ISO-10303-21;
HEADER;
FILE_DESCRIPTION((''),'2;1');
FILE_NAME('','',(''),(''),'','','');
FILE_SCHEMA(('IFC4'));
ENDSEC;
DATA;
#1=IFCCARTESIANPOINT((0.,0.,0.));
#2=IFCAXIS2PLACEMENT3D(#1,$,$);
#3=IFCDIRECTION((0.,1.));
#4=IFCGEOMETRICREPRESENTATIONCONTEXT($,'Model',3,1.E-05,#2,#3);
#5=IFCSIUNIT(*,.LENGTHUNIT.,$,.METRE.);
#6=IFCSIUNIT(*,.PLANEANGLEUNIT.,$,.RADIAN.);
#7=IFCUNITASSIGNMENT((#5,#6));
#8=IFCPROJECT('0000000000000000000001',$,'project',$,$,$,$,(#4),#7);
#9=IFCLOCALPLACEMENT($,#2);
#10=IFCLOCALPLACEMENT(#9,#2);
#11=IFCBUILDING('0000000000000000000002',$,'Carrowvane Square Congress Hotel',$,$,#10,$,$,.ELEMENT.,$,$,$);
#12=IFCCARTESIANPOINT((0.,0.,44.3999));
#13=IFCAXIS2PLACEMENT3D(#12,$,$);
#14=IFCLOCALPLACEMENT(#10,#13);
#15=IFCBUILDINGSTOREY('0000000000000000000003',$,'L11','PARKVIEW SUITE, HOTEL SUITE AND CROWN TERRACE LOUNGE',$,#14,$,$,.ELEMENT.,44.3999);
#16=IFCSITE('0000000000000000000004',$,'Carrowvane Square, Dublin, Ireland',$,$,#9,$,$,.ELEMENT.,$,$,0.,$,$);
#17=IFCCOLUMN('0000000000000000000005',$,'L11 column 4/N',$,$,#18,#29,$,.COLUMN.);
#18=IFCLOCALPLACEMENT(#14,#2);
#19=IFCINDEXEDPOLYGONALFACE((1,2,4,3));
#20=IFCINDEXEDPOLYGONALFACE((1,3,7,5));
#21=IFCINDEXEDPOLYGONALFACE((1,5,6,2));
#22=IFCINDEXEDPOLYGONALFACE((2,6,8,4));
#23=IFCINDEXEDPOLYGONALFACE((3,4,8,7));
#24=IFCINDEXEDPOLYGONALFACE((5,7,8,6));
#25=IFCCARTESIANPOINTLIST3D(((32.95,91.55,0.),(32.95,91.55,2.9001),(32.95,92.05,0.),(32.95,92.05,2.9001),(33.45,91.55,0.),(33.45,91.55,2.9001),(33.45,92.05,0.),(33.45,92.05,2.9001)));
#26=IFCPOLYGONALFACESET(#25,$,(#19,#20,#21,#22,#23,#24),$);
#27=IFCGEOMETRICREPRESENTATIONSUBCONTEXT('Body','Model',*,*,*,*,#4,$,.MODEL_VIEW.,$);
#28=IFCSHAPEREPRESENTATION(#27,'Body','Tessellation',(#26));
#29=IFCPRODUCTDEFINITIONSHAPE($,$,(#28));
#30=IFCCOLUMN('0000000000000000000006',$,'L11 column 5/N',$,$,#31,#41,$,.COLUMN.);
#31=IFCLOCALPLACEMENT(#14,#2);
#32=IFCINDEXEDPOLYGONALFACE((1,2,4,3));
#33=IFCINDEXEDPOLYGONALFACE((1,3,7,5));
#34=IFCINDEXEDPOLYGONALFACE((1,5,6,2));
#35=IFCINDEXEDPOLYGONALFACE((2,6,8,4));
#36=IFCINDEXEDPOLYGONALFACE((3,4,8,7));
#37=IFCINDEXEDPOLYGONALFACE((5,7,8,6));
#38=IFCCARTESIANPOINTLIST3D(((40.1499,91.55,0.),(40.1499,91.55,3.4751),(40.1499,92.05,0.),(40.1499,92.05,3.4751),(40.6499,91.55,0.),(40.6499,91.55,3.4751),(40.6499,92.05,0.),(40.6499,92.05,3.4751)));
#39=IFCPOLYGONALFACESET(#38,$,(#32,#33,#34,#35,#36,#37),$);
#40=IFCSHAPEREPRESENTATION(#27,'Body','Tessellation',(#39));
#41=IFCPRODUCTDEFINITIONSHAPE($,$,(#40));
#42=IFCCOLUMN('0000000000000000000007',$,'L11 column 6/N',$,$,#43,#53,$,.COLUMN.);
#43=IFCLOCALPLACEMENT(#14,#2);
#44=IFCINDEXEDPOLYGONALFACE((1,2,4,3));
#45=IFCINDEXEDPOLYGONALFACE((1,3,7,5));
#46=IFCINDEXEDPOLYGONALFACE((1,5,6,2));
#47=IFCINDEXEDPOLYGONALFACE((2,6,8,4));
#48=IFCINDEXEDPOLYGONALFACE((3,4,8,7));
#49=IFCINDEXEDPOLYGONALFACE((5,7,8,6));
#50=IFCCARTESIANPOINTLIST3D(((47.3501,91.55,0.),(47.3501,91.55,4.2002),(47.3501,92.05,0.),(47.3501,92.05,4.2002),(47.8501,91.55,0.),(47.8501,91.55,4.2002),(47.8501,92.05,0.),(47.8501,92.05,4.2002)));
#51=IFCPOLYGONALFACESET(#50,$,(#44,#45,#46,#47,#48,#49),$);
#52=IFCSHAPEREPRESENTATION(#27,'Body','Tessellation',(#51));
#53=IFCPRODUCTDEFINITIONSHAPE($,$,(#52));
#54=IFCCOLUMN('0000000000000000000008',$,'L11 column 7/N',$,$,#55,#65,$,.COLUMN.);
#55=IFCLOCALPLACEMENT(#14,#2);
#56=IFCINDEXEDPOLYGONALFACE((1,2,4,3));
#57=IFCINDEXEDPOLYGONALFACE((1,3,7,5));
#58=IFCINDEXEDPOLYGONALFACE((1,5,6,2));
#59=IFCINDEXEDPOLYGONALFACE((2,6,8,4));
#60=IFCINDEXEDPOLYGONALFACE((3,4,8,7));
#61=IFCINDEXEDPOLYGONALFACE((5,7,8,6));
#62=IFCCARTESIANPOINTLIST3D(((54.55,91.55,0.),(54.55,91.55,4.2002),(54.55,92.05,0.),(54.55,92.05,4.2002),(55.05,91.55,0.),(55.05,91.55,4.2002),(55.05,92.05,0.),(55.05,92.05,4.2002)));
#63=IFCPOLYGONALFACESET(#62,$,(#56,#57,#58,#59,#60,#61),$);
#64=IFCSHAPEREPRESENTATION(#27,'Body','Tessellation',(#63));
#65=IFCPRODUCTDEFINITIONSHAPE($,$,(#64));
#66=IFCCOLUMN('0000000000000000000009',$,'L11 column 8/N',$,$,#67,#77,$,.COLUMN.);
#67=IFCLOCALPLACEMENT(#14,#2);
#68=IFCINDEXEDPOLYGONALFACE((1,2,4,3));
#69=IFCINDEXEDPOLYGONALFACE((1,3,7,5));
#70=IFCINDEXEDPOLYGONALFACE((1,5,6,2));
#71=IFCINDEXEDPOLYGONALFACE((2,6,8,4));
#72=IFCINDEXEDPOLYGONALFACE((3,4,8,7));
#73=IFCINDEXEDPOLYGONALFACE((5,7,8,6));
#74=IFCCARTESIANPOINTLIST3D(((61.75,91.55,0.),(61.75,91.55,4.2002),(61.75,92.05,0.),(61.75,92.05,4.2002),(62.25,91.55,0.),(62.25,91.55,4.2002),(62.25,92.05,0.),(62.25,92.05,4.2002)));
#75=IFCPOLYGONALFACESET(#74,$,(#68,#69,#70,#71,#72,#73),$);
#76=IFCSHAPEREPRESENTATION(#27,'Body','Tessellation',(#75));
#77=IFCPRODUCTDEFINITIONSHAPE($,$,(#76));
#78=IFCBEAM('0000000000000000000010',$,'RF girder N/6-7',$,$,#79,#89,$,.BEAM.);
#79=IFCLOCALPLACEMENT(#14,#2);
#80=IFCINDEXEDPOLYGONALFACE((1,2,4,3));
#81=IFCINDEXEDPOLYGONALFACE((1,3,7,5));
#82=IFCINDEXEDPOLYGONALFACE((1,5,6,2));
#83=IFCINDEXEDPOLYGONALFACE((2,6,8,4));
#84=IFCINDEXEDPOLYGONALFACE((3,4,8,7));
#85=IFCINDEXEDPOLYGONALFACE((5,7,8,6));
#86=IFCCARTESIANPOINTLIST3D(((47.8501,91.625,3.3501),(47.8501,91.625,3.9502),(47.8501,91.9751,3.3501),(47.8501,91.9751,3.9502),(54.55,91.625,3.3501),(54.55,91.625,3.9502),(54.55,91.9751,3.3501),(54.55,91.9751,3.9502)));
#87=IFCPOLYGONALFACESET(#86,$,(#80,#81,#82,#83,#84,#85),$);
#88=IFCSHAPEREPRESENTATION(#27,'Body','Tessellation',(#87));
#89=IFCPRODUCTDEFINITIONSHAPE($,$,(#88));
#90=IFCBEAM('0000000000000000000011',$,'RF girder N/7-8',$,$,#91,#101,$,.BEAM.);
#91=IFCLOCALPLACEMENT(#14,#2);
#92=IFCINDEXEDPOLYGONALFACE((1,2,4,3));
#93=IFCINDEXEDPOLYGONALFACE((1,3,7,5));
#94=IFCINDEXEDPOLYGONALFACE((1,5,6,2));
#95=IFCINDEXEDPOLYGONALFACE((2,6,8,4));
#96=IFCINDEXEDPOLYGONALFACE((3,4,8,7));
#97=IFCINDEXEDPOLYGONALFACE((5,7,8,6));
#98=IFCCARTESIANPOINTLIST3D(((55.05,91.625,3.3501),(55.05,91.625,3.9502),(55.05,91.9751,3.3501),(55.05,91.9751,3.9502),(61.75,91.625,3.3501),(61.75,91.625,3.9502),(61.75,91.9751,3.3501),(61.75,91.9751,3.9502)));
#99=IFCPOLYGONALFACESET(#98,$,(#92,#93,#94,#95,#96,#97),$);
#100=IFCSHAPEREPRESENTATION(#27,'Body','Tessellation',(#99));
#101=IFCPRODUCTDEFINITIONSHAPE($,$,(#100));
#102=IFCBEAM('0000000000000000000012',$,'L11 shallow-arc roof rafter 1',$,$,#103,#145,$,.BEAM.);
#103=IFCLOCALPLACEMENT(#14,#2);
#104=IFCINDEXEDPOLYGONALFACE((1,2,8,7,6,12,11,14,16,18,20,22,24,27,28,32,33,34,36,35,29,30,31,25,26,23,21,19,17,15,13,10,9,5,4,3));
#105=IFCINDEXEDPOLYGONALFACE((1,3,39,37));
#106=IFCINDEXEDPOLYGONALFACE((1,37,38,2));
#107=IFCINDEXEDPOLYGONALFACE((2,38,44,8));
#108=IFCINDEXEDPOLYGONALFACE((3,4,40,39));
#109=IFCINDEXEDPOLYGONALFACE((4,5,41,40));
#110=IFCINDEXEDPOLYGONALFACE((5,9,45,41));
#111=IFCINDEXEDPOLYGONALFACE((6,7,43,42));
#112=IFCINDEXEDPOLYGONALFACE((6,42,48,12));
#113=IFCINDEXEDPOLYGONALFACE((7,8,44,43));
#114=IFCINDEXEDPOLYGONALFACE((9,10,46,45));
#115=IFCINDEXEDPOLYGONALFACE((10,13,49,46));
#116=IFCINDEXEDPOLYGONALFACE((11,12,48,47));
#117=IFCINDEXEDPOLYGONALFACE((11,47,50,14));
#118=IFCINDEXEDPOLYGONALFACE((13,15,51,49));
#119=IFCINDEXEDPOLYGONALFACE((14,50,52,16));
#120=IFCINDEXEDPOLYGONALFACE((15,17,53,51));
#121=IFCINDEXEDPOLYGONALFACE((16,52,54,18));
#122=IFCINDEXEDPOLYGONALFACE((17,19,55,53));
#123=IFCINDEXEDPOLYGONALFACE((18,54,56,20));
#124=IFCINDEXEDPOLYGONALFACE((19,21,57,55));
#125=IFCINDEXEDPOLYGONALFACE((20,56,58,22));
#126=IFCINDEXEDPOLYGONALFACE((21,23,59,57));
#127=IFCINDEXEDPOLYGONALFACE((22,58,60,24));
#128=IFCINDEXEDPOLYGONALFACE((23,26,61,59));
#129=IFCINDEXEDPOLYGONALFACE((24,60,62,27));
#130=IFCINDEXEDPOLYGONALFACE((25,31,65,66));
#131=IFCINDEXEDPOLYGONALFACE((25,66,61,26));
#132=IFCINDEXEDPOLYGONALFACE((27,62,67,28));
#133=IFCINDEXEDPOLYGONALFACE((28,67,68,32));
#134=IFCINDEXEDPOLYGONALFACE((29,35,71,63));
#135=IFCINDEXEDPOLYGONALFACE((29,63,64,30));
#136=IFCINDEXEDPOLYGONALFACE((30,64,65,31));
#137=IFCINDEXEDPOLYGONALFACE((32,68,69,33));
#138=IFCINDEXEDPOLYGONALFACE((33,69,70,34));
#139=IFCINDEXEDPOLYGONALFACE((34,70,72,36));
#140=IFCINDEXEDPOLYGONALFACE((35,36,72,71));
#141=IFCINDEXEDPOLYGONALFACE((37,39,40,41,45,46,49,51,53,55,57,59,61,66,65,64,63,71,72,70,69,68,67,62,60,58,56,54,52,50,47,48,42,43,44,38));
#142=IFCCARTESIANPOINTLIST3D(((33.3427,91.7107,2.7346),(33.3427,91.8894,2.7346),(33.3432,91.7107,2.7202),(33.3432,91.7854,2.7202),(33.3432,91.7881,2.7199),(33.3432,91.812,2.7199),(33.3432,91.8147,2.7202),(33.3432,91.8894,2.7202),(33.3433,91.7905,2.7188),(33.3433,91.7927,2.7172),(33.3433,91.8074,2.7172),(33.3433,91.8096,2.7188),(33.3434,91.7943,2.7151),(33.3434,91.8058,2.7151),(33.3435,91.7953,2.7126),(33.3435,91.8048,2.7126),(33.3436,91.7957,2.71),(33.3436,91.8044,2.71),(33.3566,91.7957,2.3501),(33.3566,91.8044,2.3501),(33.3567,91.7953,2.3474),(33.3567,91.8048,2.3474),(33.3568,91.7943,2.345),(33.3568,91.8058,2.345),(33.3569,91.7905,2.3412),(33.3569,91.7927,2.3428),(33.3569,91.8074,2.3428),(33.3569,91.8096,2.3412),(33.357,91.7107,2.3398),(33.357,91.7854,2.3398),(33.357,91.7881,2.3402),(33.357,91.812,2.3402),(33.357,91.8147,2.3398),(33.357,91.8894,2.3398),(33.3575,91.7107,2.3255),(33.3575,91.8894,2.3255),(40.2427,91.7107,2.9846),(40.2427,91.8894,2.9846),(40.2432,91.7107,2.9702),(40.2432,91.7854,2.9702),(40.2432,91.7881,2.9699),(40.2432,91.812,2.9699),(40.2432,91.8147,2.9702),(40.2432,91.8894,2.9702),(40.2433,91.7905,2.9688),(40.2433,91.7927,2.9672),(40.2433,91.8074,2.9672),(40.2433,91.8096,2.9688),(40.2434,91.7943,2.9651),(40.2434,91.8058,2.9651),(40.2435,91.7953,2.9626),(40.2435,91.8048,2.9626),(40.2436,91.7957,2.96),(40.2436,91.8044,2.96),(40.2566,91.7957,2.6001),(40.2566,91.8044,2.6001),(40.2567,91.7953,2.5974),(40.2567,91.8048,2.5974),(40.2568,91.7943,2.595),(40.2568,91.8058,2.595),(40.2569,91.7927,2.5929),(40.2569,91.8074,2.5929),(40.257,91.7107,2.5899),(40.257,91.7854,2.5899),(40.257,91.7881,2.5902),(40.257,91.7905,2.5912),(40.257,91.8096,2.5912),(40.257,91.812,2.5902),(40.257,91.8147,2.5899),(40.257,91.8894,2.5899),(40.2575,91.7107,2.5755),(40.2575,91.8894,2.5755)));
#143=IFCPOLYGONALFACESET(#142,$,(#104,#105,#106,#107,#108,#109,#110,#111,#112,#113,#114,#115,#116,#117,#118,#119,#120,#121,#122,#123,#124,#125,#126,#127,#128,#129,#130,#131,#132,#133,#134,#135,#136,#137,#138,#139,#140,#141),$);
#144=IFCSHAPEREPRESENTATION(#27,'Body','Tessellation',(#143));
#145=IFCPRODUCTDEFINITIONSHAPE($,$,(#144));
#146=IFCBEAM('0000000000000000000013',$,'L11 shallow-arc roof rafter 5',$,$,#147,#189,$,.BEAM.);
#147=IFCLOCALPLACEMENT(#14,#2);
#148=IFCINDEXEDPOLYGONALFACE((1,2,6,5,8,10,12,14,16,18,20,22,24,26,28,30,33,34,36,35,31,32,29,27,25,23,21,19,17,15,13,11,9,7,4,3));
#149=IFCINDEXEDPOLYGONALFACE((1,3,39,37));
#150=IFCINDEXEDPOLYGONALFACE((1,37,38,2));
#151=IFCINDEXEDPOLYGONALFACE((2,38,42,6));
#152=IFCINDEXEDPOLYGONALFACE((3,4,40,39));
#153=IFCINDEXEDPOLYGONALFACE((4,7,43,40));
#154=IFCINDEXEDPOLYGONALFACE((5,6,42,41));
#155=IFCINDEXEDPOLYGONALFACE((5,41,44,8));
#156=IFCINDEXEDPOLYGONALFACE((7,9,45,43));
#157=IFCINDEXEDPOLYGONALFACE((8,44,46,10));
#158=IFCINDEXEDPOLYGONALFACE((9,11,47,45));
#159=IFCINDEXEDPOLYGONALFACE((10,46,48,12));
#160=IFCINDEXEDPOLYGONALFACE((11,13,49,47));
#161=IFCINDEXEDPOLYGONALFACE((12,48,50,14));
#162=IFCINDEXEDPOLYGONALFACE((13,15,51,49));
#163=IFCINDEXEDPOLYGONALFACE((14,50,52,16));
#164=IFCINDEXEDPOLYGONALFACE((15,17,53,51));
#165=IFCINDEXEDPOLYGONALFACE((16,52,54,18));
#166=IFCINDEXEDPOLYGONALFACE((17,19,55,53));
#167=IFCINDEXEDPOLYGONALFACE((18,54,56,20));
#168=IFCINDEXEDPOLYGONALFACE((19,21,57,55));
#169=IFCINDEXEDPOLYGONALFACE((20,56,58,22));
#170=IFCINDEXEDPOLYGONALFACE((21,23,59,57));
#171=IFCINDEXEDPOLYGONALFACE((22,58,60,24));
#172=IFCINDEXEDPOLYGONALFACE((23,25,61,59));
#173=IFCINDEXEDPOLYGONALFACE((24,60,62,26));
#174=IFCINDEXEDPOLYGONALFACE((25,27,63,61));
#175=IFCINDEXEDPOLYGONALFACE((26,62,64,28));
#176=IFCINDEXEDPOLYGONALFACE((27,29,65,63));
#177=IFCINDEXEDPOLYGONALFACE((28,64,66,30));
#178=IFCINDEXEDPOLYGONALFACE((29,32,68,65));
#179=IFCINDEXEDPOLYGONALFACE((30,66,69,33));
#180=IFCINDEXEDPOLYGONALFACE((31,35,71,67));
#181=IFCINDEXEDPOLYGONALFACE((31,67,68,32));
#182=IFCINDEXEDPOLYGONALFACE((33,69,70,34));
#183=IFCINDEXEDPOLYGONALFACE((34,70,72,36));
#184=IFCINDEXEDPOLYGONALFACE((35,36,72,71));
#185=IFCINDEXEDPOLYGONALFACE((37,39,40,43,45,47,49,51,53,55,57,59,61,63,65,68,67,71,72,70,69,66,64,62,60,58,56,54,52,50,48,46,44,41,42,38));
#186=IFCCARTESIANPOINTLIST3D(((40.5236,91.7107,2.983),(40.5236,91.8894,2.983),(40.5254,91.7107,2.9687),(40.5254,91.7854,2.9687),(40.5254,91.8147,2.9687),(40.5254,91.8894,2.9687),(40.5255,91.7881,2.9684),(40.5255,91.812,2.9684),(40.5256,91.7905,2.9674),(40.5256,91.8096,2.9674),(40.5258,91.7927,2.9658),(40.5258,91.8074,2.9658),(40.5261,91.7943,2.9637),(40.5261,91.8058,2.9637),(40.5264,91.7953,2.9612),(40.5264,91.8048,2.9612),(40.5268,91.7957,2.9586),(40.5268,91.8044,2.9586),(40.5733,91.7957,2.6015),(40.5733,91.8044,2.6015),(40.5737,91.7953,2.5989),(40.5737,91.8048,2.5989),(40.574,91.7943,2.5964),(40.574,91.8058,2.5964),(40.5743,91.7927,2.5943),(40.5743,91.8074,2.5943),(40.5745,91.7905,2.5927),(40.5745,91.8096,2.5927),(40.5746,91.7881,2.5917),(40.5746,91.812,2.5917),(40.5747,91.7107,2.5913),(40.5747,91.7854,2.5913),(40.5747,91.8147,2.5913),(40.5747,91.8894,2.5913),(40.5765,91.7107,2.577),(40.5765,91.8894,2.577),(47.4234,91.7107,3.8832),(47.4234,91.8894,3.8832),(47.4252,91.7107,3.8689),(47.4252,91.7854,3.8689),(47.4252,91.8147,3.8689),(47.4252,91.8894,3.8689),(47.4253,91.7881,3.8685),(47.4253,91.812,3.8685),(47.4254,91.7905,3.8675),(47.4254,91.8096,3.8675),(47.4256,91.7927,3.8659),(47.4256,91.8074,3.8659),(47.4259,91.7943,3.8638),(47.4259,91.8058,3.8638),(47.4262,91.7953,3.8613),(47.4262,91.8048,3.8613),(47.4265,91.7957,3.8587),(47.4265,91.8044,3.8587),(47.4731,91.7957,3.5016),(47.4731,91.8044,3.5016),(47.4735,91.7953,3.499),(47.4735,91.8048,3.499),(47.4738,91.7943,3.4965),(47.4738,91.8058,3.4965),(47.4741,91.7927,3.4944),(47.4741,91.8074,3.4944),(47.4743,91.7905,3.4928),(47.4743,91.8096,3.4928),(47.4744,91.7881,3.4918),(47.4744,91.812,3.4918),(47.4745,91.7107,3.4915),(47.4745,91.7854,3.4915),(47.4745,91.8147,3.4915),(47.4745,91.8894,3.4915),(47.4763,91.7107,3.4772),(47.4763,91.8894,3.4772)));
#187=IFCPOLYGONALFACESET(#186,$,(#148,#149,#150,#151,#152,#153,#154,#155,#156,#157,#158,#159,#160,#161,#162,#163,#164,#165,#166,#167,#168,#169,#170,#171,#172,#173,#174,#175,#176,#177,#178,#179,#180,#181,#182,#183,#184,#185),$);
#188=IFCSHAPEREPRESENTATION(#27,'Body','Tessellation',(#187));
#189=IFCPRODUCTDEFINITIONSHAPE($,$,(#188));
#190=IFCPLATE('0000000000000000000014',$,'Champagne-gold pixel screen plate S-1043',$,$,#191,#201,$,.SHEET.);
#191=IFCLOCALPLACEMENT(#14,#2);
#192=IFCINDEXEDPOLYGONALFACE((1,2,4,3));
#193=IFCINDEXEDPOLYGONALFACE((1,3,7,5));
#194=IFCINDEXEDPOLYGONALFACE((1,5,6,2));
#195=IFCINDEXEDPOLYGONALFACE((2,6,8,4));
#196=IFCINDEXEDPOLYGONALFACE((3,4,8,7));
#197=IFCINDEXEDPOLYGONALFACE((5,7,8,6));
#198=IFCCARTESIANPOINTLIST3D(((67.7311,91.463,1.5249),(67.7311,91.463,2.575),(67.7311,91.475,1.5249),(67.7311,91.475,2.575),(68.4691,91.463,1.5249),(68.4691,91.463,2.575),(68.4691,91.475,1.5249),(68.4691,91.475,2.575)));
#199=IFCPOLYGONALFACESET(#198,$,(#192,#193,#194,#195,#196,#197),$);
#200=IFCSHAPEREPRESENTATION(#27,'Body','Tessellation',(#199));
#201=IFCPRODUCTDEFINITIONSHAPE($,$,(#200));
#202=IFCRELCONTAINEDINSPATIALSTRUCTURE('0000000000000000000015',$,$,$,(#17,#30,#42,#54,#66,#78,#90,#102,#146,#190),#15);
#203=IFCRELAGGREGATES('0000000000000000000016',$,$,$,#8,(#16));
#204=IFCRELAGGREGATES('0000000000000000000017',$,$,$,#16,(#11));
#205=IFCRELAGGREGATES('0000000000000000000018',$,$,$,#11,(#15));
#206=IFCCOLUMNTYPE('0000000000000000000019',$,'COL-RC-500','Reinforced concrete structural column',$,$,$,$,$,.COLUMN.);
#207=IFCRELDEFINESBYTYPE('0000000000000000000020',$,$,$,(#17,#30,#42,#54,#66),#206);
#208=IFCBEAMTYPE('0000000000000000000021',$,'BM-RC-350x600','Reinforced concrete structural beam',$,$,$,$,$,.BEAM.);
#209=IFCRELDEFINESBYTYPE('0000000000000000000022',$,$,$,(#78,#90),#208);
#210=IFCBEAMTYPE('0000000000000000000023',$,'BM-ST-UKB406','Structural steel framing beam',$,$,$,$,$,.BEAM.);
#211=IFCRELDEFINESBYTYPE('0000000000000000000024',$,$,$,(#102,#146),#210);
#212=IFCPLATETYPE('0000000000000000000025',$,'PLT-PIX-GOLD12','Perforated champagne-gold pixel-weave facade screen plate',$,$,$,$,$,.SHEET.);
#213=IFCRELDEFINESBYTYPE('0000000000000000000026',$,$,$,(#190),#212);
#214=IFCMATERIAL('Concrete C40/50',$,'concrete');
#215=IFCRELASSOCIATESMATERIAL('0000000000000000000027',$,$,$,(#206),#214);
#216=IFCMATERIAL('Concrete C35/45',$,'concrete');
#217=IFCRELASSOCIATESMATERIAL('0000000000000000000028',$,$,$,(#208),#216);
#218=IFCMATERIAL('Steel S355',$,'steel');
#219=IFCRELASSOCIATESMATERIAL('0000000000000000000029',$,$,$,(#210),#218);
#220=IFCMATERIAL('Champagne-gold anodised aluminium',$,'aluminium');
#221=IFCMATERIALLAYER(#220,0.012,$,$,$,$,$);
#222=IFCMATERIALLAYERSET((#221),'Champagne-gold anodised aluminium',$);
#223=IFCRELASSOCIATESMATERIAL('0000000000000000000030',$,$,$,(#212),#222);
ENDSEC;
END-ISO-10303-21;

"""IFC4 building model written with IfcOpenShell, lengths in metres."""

from ifc_helpers import new_model, si_unit, direction, frame, origin, origin_2d, place, context, subcontext, project, spatial, rectangle, i_section, extrude, material, layer, layer_set, material_profile, profile_set, type_object, element, save


model = new_model("IFC4")

# Units and contexts
model_context = context("Model", 3, precision=1e-05, world=origin(), true_north=direction((0.0, 1.0)))
body_context = subcontext(model_context, "Body", "Model", "MODEL_VIEW")
ifc_project = project(units=[si_unit("LENGTHUNIT", "METRE"), si_unit("PLANEANGLEUNIT", "RADIAN")], contexts=[model_context])

# Site, building, storey
site_placement = place(None, origin())
site = spatial("IfcSite", under=ifc_project, at=site_placement, Name="Carrowvane Square, Dublin, Ireland", CompositionType="ELEMENT", RefElevation=0.0)
building_placement = place(site_placement, origin())
building = spatial("IfcBuilding", under=site, at=building_placement, Name="Carrowvane Square Congress Hotel", CompositionType="ELEMENT")
storey_placement = place(building_placement, frame((0.0, 0.0, 44.3999)))
storey = spatial("IfcBuildingStorey", under=building, at=storey_placement, Name="L11", Description="PARKVIEW SUITE, HOTEL SUITE AND CROWN TERRACE LOUNGE", CompositionType="ELEMENT", Elevation=44.3999)

# Columns
ifc_material_1 = material(Name="Concrete C40/50", Category="concrete")
ifc_material_profile_1 = material_profile(ifc_material_1, rectangle(XDim=0.5, YDim=0.5, at=origin_2d()), Name="RC 500x500")
ifc_profile_set_1 = profile_set([ifc_material_profile_1], Name="Concrete C40/50")
column_type = type_object("IfcColumnType", Name="COL-RC-500", Description="Reinforced concrete structural column", PredefinedType="COLUMN", material=ifc_profile_set_1)
column_1_placement = place(storey_placement, frame((33.2, 91.8, 0.0), z_axis=(0.0, 0.0, 1.0), x_axis=(1.0, 0.0, 0.0)))
element("IfcColumn", 1, at=column_1_placement, inside=storey, type_object=column_type, Name="L11 column 4/N", PredefinedType="COLUMN", context=body_context, shape_type="SweptSolid", body=[
    extrude(rectangle(XDim=0.5, YDim=0.5, at=origin_2d()), origin(), (0.0, 0.0, 1.0), 2.9001),
])
column_2_placement = place(storey_placement, frame((40.3999, 91.8, 0.0), z_axis=(0.0, 0.0, 1.0), x_axis=(1.0, 0.0, 0.0)))
element("IfcColumn", 2, at=column_2_placement, inside=storey, type_object=column_type, Name="L11 column 5/N", PredefinedType="COLUMN", context=body_context, shape_type="SweptSolid", body=[
    extrude(rectangle(XDim=0.5, YDim=0.5, at=origin_2d()), origin(), (0.0, 0.0, 1.0), 3.4751),
])
for number, where, z_axis, x_axis, name in (
    (3, (47.6001, 91.8, 0.0), (0.0, 0.0, 1.0), (1.0, 0.0, 0.0), "L11 column 6/N"),
    (4, (54.8, 91.8, 0.0), (0.0, 0.0, 1.0), (1.0, 0.0, 0.0), "L11 column 7/N"),
    (5, (62.0, 91.8, 0.0), (0.0, 0.0, 1.0), (1.0, 0.0, 0.0), "L11 column 8/N"),
):
    element("IfcColumn", number, at=place(storey_placement, frame(where, z_axis=z_axis, x_axis=x_axis)), inside=storey, type_object=column_type, Name=name, PredefinedType="COLUMN", context=body_context, shape_type="SweptSolid", body=[
        extrude(rectangle(XDim=0.5, YDim=0.5, at=origin_2d()), origin(), (0.0, 0.0, 1.0), 4.2002),
    ])

# Beams
ifc_material_2 = material(Name="Concrete C35/45", Category="concrete")
ifc_material_profile_2 = material_profile(ifc_material_2, rectangle(XDim=0.3501, YDim=0.6001, at=origin_2d()), Name="RC 350x600")
ifc_profile_set_2 = profile_set([ifc_material_profile_2], Name="Concrete C35/45")
beam_type_1 = type_object("IfcBeamType", Name="BM-RC-350x600", Description="Reinforced concrete structural beam", PredefinedType="BEAM", material=ifc_profile_set_2)
for number, where, z_axis, x_axis, name in (
    (6, (47.8501, 91.8, 3.6501), (1.0, 0.0, 0.0), (0.0, 1.0, 0.0), "RF girder N/6-7"),
    (7, (55.05, 91.8, 3.6501), (1.0, 0.0, 0.0), (0.0, 1.0, 0.0), "RF girder N/7-8"),
):
    element("IfcBeam", number, at=place(storey_placement, frame(where, z_axis=z_axis, x_axis=x_axis)), inside=storey, type_object=beam_type_1, Name=name, PredefinedType="BEAM", context=body_context, shape_type="SweptSolid", body=[
        extrude(rectangle(XDim=0.3501, YDim=0.6001, at=origin_2d()), origin(), (0.0, 0.0, 1.0), 6.7),
    ])
ifc_material_3 = material(Name="Steel S355", Category="steel")
ifc_material_profile_3 = material_profile(ifc_material_3, i_section(OverallWidth=0.1787, OverallDepth=0.4094, WebThickness=0.0088, FlangeThickness=0.0144, FilletRadius=0.0103, at=origin_2d()), Name="UKB 406x178x67")
ifc_profile_set_3 = profile_set([ifc_material_profile_3], Name="Steel S355")
beam_type_2 = type_object("IfcBeamType", Name="BM-ST-UKB406", Description="Structural steel framing beam", PredefinedType="BEAM", material=ifc_profile_set_3)
beam_1_placement = place(storey_placement, frame((33.3501, 91.8, 2.53), z_axis=(0.999344, 0.0, 0.036209), x_axis=(0.0, 1.0, 0.0)))
element("IfcBeam", 8, at=beam_1_placement, inside=storey, type_object=beam_type_2, Name="L11 shallow-arc roof rafter 1", PredefinedType="BEAM", context=body_context, shape_type="SweptSolid", body=[
    extrude(i_section(OverallWidth=0.1787, OverallDepth=0.4094, WebThickness=0.0088, FlangeThickness=0.0144, FilletRadius=0.0103, at=origin_2d()), origin(), (0.0, 0.0, 1.0), 6.9045),
])
beam_2_placement = place(storey_placement, frame((40.55, 91.8, 2.78), z_axis=(0.991597, 0.0, 0.129362), x_axis=(0.0, 1.0, 0.0)))
element("IfcBeam", 9, at=beam_2_placement, inside=storey, type_object=beam_type_2, Name="L11 shallow-arc roof rafter 5", PredefinedType="BEAM", context=body_context, shape_type="SweptSolid", body=[
    extrude(i_section(OverallWidth=0.1787, OverallDepth=0.4094, WebThickness=0.0088, FlangeThickness=0.0144, FilletRadius=0.0103, at=origin_2d()), origin(), (0.0, 0.0, 1.0), 6.9583),
])

# Plate
ifc_material_4 = material(Name="Champagne-gold anodised aluminium", Category="aluminium")
ifc_layer_1 = layer(ifc_material_4, 0.012)
ifc_layer_set_1 = layer_set([ifc_layer_1], Name="Champagne-gold anodised aluminium")
plate_type_1 = type_object("IfcPlateType", Name="PLT-PIX-GOLD12", Description="Perforated champagne-gold pixel-weave facade screen plate", PredefinedType="SHEET", material=ifc_layer_set_1)
plate_placement = place(storey_placement, frame((68.1001, 91.469, 1.5249), z_axis=(0.0, 0.0, 1.0), x_axis=(-1.0, 0.0, 0.0)))
element("IfcPlate", 10, at=plate_placement, inside=storey, type_object=plate_type_1, Name="Champagne-gold pixel screen plate S-1043", PredefinedType="SHEET", context=body_context, shape_type="SweptSolid", body=[
    extrude(rectangle(XDim=0.738, YDim=0.012, at=origin_2d()), origin(), (0.0, 0.0, 1.0), 1.05),
])

save(model, "model.ifc")
